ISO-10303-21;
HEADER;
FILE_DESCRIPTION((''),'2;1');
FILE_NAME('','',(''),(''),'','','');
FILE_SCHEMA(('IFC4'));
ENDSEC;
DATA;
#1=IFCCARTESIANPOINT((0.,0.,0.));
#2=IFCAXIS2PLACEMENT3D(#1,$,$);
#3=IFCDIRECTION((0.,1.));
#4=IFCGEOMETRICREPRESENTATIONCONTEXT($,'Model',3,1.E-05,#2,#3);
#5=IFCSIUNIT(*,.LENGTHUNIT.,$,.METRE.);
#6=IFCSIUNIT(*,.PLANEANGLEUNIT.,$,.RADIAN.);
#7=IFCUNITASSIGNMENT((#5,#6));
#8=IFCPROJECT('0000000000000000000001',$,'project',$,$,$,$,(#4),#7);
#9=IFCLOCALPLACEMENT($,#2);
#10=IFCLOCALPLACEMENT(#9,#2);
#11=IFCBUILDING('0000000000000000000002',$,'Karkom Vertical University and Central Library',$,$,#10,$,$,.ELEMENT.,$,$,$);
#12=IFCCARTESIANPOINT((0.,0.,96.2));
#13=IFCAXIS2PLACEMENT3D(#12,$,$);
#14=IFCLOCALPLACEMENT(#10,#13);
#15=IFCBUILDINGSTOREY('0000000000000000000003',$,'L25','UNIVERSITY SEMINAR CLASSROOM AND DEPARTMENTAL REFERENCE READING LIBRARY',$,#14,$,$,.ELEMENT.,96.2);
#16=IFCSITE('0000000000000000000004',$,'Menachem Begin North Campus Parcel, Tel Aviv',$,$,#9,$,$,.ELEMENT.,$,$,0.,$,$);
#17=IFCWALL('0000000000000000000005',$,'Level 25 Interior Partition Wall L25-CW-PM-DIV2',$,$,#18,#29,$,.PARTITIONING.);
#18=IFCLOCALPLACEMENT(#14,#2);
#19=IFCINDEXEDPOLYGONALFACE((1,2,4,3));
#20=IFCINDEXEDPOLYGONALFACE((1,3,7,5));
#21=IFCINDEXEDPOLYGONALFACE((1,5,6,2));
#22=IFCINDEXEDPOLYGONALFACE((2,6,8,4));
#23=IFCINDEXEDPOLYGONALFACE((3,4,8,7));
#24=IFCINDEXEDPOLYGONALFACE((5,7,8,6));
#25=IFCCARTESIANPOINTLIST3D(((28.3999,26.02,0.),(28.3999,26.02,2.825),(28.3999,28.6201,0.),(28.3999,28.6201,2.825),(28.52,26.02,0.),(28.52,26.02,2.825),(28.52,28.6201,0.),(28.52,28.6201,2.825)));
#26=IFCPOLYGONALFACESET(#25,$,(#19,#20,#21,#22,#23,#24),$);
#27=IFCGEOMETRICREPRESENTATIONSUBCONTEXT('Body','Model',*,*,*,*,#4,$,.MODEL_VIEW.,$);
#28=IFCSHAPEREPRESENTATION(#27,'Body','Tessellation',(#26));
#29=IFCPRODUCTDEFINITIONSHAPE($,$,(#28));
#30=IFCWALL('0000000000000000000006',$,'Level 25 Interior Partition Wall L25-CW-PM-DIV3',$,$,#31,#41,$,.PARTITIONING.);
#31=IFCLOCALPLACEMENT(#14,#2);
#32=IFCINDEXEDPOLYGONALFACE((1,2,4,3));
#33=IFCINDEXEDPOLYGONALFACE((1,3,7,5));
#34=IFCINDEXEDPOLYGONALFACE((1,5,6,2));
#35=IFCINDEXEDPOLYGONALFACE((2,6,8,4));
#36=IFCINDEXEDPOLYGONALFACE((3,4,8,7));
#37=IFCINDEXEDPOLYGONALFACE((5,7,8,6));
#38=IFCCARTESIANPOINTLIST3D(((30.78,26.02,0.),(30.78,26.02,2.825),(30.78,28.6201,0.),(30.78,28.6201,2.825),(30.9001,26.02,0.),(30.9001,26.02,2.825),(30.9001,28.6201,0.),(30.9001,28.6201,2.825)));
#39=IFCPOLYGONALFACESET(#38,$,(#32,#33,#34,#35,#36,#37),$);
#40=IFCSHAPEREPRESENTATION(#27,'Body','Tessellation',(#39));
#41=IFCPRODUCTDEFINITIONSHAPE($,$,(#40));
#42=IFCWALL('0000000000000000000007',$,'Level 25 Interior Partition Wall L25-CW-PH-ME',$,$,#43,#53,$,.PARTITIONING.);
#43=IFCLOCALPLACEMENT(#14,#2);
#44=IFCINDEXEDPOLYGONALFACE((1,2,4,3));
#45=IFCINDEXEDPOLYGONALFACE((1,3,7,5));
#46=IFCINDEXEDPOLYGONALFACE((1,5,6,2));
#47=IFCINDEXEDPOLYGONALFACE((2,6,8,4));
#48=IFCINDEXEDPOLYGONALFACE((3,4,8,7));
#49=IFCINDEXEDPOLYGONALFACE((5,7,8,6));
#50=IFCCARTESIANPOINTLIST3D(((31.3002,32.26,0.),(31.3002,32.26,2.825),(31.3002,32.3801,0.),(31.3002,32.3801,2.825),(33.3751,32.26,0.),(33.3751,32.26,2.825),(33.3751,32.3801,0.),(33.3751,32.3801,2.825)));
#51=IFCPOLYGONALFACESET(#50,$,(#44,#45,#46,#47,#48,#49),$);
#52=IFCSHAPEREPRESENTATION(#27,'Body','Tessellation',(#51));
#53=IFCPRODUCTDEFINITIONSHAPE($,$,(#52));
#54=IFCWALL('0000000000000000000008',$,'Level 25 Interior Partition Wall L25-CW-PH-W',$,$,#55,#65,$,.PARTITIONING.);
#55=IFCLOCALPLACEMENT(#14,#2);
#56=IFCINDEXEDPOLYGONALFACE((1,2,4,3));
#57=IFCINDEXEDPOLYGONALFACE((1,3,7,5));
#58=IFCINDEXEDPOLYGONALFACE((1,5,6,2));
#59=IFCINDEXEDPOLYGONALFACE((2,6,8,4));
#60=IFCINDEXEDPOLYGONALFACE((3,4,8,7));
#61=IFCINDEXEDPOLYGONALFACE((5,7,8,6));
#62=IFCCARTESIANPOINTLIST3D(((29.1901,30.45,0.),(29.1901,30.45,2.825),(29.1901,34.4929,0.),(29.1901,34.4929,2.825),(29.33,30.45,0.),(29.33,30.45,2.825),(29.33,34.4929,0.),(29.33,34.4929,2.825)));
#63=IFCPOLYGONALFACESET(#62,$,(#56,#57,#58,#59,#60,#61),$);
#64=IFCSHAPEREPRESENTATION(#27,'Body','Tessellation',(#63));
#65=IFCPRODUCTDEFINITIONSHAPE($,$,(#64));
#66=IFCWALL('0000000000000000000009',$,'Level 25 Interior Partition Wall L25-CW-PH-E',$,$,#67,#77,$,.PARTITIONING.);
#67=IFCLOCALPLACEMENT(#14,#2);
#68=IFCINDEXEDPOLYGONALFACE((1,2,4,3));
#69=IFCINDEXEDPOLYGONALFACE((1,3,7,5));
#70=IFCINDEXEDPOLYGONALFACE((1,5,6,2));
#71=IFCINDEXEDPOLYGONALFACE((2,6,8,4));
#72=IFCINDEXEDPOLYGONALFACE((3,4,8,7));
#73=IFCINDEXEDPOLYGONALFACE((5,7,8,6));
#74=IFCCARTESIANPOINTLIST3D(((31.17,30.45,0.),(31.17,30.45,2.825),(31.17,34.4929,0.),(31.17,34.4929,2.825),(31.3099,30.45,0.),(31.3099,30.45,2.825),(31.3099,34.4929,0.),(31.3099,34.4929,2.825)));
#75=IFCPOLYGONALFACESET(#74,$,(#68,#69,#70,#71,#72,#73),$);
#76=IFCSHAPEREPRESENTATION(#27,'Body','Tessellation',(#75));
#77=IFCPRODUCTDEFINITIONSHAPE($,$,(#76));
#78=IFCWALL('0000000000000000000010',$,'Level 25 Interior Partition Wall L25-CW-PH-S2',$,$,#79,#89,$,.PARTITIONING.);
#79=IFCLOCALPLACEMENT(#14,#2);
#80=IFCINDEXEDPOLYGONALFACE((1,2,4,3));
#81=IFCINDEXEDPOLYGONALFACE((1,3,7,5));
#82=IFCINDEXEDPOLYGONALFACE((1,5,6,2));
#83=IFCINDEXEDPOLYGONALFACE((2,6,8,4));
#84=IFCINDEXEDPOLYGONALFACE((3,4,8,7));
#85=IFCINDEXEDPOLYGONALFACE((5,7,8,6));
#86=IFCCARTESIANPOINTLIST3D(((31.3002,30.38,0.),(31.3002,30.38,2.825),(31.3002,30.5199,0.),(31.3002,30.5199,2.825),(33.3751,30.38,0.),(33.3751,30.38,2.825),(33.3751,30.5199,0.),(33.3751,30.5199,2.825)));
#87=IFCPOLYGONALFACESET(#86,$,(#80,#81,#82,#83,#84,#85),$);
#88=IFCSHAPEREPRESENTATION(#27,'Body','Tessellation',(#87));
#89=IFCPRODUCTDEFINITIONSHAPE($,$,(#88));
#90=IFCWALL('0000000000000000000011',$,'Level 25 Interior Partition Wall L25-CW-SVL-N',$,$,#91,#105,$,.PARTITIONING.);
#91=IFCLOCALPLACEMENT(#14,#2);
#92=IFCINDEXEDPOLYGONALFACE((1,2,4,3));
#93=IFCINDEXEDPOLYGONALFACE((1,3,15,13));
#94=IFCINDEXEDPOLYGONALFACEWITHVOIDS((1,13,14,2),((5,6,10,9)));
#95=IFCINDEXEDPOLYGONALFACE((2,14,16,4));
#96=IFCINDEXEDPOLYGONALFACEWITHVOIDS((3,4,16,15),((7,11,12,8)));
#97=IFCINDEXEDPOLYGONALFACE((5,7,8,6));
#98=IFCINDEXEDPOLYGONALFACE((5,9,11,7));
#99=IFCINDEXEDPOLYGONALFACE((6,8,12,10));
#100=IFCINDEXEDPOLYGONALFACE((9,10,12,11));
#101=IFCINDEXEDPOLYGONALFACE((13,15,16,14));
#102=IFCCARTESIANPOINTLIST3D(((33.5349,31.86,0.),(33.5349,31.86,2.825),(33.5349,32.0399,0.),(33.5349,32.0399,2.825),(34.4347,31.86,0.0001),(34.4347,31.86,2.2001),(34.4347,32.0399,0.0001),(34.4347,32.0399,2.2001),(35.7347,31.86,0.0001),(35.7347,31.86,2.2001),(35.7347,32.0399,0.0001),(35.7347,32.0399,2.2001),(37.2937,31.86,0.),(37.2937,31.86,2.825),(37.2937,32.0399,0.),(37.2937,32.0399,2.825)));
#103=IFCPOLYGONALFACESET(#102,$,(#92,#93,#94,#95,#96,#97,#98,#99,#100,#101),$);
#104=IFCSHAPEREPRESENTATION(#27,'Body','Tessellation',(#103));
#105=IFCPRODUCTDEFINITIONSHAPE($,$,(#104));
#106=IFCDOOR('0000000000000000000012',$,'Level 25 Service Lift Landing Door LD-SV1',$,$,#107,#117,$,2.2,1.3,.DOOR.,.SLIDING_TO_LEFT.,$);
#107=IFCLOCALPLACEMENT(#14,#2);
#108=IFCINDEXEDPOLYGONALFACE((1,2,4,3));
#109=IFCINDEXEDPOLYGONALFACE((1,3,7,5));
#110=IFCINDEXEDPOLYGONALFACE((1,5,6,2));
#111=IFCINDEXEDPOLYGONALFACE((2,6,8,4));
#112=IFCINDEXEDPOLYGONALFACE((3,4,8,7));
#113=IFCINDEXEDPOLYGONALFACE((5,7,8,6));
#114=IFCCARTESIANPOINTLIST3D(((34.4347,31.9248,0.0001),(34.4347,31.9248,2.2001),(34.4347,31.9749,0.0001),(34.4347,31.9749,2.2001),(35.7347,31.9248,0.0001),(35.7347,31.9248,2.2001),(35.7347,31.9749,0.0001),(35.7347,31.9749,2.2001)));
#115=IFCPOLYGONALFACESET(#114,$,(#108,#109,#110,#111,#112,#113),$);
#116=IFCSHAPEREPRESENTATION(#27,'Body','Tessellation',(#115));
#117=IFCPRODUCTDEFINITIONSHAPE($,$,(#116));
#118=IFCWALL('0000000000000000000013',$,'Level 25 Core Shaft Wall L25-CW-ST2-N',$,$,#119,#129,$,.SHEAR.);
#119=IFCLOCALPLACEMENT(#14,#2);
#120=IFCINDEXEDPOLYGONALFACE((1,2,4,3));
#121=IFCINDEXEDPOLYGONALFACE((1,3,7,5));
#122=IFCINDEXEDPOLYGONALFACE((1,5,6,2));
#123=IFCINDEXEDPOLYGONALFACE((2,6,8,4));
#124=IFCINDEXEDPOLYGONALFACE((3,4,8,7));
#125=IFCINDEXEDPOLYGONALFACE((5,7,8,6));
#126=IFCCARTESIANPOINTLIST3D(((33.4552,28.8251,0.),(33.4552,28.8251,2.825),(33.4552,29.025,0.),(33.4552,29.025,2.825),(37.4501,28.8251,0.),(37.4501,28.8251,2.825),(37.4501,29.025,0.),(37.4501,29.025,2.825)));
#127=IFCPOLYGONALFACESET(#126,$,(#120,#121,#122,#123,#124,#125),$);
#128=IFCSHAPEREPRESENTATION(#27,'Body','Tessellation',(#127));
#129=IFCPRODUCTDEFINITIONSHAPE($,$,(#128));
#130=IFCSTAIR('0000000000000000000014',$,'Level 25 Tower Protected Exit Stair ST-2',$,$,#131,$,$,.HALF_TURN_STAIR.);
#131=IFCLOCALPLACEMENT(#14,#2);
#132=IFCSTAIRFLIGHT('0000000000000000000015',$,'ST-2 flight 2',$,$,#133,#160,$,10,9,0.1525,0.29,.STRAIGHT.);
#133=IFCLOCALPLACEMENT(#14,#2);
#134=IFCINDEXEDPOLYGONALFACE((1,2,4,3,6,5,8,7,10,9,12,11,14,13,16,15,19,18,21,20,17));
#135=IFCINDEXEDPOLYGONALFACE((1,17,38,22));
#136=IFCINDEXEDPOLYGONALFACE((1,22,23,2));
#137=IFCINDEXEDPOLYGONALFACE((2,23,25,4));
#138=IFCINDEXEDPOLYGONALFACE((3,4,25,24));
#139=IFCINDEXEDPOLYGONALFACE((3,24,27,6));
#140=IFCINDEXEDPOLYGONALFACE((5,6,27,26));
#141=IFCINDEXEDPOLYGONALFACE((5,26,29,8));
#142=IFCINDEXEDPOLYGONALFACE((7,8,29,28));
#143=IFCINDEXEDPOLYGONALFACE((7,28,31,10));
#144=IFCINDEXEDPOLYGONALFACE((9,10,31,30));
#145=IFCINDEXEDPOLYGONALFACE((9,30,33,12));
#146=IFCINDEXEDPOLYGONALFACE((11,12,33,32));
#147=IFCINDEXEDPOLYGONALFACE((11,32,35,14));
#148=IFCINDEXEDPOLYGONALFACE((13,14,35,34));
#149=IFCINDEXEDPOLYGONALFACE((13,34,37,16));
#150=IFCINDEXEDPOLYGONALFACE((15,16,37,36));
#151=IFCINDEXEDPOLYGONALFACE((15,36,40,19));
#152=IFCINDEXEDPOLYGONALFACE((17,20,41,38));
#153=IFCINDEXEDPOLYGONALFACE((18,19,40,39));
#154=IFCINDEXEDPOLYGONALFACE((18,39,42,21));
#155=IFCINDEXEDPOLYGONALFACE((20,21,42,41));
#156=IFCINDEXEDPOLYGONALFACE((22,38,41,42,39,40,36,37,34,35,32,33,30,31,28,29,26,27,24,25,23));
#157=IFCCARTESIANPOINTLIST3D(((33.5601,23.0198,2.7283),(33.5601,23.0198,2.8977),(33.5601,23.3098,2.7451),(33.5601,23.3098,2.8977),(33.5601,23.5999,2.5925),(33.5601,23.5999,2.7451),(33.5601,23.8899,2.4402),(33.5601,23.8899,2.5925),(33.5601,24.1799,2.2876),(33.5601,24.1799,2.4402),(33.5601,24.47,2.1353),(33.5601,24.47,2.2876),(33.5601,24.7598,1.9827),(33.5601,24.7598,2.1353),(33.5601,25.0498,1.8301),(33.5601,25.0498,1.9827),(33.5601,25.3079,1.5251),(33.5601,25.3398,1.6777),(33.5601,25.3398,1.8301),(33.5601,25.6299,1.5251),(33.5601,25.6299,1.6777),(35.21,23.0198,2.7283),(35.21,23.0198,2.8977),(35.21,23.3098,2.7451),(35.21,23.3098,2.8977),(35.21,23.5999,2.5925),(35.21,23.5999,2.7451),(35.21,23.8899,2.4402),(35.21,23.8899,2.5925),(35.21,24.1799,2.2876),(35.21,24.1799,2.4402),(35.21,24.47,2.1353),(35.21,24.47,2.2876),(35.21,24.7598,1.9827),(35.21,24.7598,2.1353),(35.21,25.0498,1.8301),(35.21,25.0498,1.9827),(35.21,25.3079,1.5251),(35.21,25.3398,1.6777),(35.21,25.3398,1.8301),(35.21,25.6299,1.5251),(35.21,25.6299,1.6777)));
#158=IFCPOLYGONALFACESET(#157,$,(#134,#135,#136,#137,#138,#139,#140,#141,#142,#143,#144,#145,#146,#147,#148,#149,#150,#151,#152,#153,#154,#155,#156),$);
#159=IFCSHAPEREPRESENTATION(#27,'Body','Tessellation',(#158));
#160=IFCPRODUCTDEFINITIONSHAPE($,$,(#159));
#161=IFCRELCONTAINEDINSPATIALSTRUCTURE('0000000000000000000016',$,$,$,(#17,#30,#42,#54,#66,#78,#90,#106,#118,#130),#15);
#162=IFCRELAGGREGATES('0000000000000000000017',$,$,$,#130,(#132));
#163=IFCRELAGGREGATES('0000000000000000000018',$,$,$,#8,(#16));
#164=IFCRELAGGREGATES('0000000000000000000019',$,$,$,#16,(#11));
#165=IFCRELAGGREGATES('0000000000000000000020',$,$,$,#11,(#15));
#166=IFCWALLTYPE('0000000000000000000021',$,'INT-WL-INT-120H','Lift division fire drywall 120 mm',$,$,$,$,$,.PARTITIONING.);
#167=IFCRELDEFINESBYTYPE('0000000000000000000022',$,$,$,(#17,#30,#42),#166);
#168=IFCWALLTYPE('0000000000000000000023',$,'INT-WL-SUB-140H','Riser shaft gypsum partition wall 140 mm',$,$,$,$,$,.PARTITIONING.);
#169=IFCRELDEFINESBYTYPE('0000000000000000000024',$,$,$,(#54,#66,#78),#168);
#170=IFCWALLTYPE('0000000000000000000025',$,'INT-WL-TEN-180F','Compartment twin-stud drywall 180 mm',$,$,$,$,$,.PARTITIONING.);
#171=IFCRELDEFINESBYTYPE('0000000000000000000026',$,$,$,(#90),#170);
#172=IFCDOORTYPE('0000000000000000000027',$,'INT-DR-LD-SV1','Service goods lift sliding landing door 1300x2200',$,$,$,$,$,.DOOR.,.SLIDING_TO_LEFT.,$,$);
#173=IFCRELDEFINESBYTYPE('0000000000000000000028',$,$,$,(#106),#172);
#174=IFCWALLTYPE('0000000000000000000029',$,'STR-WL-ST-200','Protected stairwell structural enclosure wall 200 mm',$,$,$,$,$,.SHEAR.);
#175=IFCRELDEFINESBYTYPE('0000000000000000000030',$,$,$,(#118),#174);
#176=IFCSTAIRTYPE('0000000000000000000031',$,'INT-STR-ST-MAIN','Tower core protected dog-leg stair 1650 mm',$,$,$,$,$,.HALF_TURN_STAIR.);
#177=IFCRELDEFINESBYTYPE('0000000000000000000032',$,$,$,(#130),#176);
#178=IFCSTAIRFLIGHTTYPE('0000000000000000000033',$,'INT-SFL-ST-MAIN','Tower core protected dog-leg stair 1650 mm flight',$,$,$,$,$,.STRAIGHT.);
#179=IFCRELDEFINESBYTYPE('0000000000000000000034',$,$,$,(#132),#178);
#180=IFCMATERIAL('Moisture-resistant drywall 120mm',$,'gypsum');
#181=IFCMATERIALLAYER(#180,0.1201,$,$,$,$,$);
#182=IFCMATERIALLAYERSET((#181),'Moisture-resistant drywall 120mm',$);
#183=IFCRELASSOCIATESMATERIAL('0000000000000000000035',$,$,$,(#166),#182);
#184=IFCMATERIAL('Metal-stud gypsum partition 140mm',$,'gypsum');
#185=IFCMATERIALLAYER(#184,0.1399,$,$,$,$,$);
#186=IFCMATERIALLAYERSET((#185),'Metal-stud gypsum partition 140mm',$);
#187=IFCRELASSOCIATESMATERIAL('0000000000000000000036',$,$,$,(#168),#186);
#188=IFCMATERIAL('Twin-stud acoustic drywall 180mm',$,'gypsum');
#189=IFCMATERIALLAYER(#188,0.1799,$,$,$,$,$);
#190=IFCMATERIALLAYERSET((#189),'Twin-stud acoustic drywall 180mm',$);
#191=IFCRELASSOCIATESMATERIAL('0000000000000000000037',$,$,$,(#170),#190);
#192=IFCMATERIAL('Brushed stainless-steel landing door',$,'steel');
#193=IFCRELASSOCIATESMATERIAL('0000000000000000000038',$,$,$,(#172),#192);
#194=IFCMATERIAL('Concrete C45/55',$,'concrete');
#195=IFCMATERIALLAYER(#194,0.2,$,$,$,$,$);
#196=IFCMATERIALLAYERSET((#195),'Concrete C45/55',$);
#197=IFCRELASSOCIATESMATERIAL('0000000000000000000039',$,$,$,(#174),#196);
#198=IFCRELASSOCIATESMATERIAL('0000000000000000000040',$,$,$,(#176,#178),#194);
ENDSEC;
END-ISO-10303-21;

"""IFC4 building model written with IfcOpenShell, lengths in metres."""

from ifc_helpers import new_model, si_unit, direction, frame, frame_2d, origin, origin_with_axes, place, context, subcontext, project, spatial, polyline, rectangle, outline, extrude, source, transform, mapped, material, layer, layer_set, type_object, element, fill, aggregate, save


model = new_model("IFC4")

# Units and contexts
model_context = context("Model", 3, precision=1e-05, world=origin(), true_north=direction((0.0, 1.0)))
body_context = subcontext(model_context, "Body", "Model", "MODEL_VIEW")
ifc_project = project(units=[si_unit("LENGTHUNIT", "METRE"), si_unit("PLANEANGLEUNIT", "RADIAN")], contexts=[model_context])

# Site, building, storey
site_placement = place(None, origin())
site = spatial("IfcSite", under=ifc_project, at=site_placement, Name="Menachem Begin North Campus Parcel, Tel Aviv", CompositionType="ELEMENT", RefElevation=0.0)
building_placement = place(site_placement, origin())
building = spatial("IfcBuilding", under=site, at=building_placement, Name="Karkom Vertical University and Central Library", CompositionType="ELEMENT")
storey_placement = place(building_placement, frame((0.0, 0.0, 96.2)))
storey = spatial("IfcBuildingStorey", under=building, at=storey_placement, Name="L25", Description="UNIVERSITY SEMINAR CLASSROOM AND DEPARTMENTAL REFERENCE READING LIBRARY", CompositionType="ELEMENT", Elevation=96.2)

# Walls
ifc_material_1 = material(Name="Moisture-resistant drywall 120mm", Category="gypsum")
ifc_layer_1 = layer(ifc_material_1, 0.1201)
ifc_layer_set_1 = layer_set([ifc_layer_1], Name="Moisture-resistant drywall 120mm")
wall_type_1 = type_object("IfcWallType", Name="INT-WL-INT-120H", Description="Lift division fire drywall 120 mm", PredefinedType="PARTITIONING", material=ifc_layer_set_1)
for number, where, z_axis, x_axis, name in (
    (1, (28.46, 26.02, 0.0), (0.0, 0.0, 1.0), (0.0, 1.0, 0.0), "Level 25 Interior Partition Wall L25-CW-PM-DIV2"),
    (2, (30.8401, 26.02, 0.0), (0.0, 0.0, 1.0), (0.0, 1.0, 0.0), "Level 25 Interior Partition Wall L25-CW-PM-DIV3"),
):
    element("IfcWall", number, at=place(storey_placement, frame(where, z_axis=z_axis, x_axis=x_axis)), inside=storey, type_object=wall_type_1, Name=name, PredefinedType="PARTITIONING", context=body_context, shape_type="SweptSolid", body=[
        extrude(rectangle(XDim=2.6001, YDim=0.1201, at=frame_2d((1.3, 0.0))), origin(), (0.0, 0.0, 1.0), 2.825),
    ])
wall_1_placement = place(storey_placement, frame((31.3, 32.3201, 0.0), z_axis=(0.0, 0.0, 1.0), x_axis=(1.0, 0.0, 0.0)))
element("IfcWall", 3, at=wall_1_placement, inside=storey, type_object=wall_type_1, Name="Level 25 Interior Partition Wall L25-CW-PH-ME", PredefinedType="PARTITIONING", context=body_context, shape_type="SweptSolid", body=[
    extrude(rectangle(XDim=2.075, YDim=0.1201, at=frame_2d((1.0376, 0.0))), origin(), (0.0, 0.0, 1.0), 2.825),
])
ifc_material_2 = material(Name="Metal-stud gypsum partition 140mm", Category="gypsum")
ifc_layer_2 = layer(ifc_material_2, 0.1399)
ifc_layer_set_2 = layer_set([ifc_layer_2], Name="Metal-stud gypsum partition 140mm")
wall_type_2 = type_object("IfcWallType", Name="INT-WL-SUB-140H", Description="Riser shaft gypsum partition wall 140 mm", PredefinedType="PARTITIONING", material=ifc_layer_set_2)
for number, where, z_axis, x_axis, name in (
    (4, (29.26, 30.45, 0.0), (0.0, 0.0, 1.0), (0.0, 1.0, 0.0), "Level 25 Interior Partition Wall L25-CW-PH-W"),
    (5, (31.24, 30.45, 0.0), (0.0, 0.0, 1.0), (0.0, 1.0, 0.0), "Level 25 Interior Partition Wall L25-CW-PH-E"),
):
    element("IfcWall", number, at=place(storey_placement, frame(where, z_axis=z_axis, x_axis=x_axis)), inside=storey, type_object=wall_type_2, Name=name, PredefinedType="PARTITIONING", context=body_context, shape_type="SweptSolid", body=[
        extrude(rectangle(XDim=4.043, YDim=0.1399, at=frame_2d((2.0215, 0.0))), origin(), (0.0, 0.0, 1.0), 2.825),
    ])
wall_2_placement = place(storey_placement, frame((31.3, 30.45, 0.0), z_axis=(0.0, 0.0, 1.0), x_axis=(1.0, 0.0, 0.0)))
element("IfcWall", 6, at=wall_2_placement, inside=storey, type_object=wall_type_2, Name="Level 25 Interior Partition Wall L25-CW-PH-S2", PredefinedType="PARTITIONING", context=body_context, shape_type="SweptSolid", body=[
    extrude(rectangle(XDim=2.075, YDim=0.1399, at=frame_2d((1.0376, 0.0))), origin(), (0.0, 0.0, 1.0), 2.825),
])

# Wall, opening, door
ifc_material_3 = material(Name="Twin-stud acoustic drywall 180mm", Category="gypsum")
ifc_layer_3 = layer(ifc_material_3, 0.1799)
ifc_layer_set_3 = layer_set([ifc_layer_3], Name="Twin-stud acoustic drywall 180mm")
wall_type_3 = type_object("IfcWallType", Name="INT-WL-TEN-180F", Description="Compartment twin-stud drywall 180 mm", PredefinedType="PARTITIONING", material=ifc_layer_set_3)
wall_3_placement = place(storey_placement, frame((33.5349, 31.95, 0.0), z_axis=(0.0, 0.0, 1.0), x_axis=(1.0, 0.0, 0.0)))
wall_3 = element("IfcWall", 7, at=wall_3_placement, inside=storey, type_object=wall_type_3, Name="Level 25 Interior Partition Wall L25-CW-SVL-N", PredefinedType="PARTITIONING", context=body_context, shape_type="SweptSolid", body=[
    extrude(rectangle(XDim=3.7588, YDim=0.1799, at=frame_2d((1.8794, 0.0))), origin(), (0.0, 0.0, 1.0), 2.825),
])
opening_1_placement = place(wall_3_placement, frame((0.8999, 0.0, 0.0)))
opening_1 = element("IfcOpeningElement", 8, at=opening_1_placement, cuts=wall_3, PredefinedType="OPENING", context=body_context, shape_type="SweptSolid", body=[
    extrude(rectangle(XDim=1.3, YDim=2.2, at=frame_2d((0.6499, 1.1001))), frame((0.0, 0.1001, 0.0), z_axis=(0.0, -1.0, 0.0), x_axis=(1.0, 0.0, 0.0)), (0.0, 0.0, 1.0), 0.2),
])
ifc_material_4 = material(Name="Brushed stainless-steel landing door", Category="steel")
door_type_1 = type_object("IfcDoorType", Name="INT-DR-LD-SV1", Description="Service goods lift sliding landing door 1300x2200", OperationType="SLIDING_TO_LEFT", PredefinedType="DOOR", material=ifc_material_4)
shared_shape_1 = source(origin_with_axes(), body_context, "Body", "SweptSolid", [
    extrude(rectangle(XDim=1.3, YDim=2.2, at=frame_2d((0.6499, 1.1001))), frame((0.0, 0.0249, 0.0), z_axis=(0.0, -1.0, 0.0), x_axis=(1.0, 0.0, 0.0)), (0.0, 0.0, 1.0), 0.05),
])
door_1_placement = place(opening_1_placement, origin())
door_1 = element("IfcDoor", 9, at=door_1_placement, inside=storey, type_object=door_type_1, Name="Level 25 Service Lift Landing Door LD-SV1", OperationType="SLIDING_TO_LEFT", OverallHeight=2.2, OverallWidth=1.3, PredefinedType="DOOR", context=body_context, shape_type="MappedRepresentation", body=[
    mapped(shared_shape_1, transform((0.0, 0.0, 0.0), scale=1.0)),
])
fill(opening_1, door_1)

# Wall
ifc_material_5 = material(Name="Concrete C45/55", Category="concrete")
ifc_layer_4 = layer(ifc_material_5, 0.2)
ifc_layer_set_4 = layer_set([ifc_layer_4], Name="Concrete C45/55")
wall_type_4 = type_object("IfcWallType", Name="STR-WL-ST-200", Description="Protected stairwell structural enclosure wall 200 mm", PredefinedType="SHEAR", material=ifc_layer_set_4)
wall_4_placement = place(storey_placement, frame((33.4551, 28.925, 0.0), z_axis=(0.0, 0.0, 1.0), x_axis=(1.0, 0.0, 0.0)))
element("IfcWall", 10, at=wall_4_placement, inside=storey, type_object=wall_type_4, Name="Level 25 Core Shaft Wall L25-CW-ST2-N", PredefinedType="SHEAR", context=body_context, shape_type="SweptSolid", body=[
    extrude(rectangle(XDim=3.9949, YDim=0.2, at=frame_2d((1.9976, 0.0))), origin(), (0.0, 0.0, 1.0), 2.825),
])

# Stair, stair flight
stair_type = type_object("IfcStairType", Name="INT-STR-ST-MAIN", Description="Tower core protected dog-leg stair 1650 mm", PredefinedType="HALF_TURN_STAIR", material=ifc_material_5)
stair_placement = place(storey_placement, origin())
stair = element("IfcStair", 11, at=stair_placement, inside=storey, type_object=stair_type, Name="Level 25 Tower Protected Exit Stair ST-2", PredefinedType="HALF_TURN_STAIR")
stair_flight_type = type_object("IfcStairFlightType", Name="INT-SFL-ST-MAIN", Description="Tower core protected dog-leg stair 1650 mm flight", PredefinedType="STRAIGHT", material=ifc_material_5)
stair_flight_placement = place(storey_placement, frame((34.385, 25.6299, 1.5251), z_axis=(0.0, 0.0, 1.0), x_axis=(0.0, -1.0, 0.0)))
stair_flight = element("IfcStairFlight", 12, at=stair_flight_placement, type_object=stair_flight_type, Name="ST-2 flight 2", NumberOfRisers=10, NumberOfTreads=9, PredefinedType="STRAIGHT", RiserHeight=0.1525, TreadLength=0.29, context=body_context, shape_type="SweptSolid", body=[
    extrude(outline(polyline([(0.0, 0.0), (0.0, 0.1526), (0.29, 0.1526), (0.29, 0.3049), (0.5801, 0.3049), (0.5801, 0.4575), (0.8701, 0.4575), (0.8701, 0.6101), (1.1599, 0.6101), (1.1599, 0.7625), (1.45, 0.7625), (1.45, 0.915), (1.74, 0.915), (1.74, 1.0674), (2.03, 1.0674), (2.03, 1.22), (2.3201, 1.22), (2.3201, 1.3726), (2.6101, 1.3726), (2.6101, 1.5249), (2.6101, 1.2031), (0.322, 0.0), (0.0, 0.0)])), frame((0.0, 0.825, 0.0), z_axis=(0.0, -1.0, 0.0), x_axis=(1.0, 0.0, 0.0)), (0.0, 0.0, 1.0), 1.6499),
])
aggregate(stair, [stair_flight])

save(model, "model.ifc")
